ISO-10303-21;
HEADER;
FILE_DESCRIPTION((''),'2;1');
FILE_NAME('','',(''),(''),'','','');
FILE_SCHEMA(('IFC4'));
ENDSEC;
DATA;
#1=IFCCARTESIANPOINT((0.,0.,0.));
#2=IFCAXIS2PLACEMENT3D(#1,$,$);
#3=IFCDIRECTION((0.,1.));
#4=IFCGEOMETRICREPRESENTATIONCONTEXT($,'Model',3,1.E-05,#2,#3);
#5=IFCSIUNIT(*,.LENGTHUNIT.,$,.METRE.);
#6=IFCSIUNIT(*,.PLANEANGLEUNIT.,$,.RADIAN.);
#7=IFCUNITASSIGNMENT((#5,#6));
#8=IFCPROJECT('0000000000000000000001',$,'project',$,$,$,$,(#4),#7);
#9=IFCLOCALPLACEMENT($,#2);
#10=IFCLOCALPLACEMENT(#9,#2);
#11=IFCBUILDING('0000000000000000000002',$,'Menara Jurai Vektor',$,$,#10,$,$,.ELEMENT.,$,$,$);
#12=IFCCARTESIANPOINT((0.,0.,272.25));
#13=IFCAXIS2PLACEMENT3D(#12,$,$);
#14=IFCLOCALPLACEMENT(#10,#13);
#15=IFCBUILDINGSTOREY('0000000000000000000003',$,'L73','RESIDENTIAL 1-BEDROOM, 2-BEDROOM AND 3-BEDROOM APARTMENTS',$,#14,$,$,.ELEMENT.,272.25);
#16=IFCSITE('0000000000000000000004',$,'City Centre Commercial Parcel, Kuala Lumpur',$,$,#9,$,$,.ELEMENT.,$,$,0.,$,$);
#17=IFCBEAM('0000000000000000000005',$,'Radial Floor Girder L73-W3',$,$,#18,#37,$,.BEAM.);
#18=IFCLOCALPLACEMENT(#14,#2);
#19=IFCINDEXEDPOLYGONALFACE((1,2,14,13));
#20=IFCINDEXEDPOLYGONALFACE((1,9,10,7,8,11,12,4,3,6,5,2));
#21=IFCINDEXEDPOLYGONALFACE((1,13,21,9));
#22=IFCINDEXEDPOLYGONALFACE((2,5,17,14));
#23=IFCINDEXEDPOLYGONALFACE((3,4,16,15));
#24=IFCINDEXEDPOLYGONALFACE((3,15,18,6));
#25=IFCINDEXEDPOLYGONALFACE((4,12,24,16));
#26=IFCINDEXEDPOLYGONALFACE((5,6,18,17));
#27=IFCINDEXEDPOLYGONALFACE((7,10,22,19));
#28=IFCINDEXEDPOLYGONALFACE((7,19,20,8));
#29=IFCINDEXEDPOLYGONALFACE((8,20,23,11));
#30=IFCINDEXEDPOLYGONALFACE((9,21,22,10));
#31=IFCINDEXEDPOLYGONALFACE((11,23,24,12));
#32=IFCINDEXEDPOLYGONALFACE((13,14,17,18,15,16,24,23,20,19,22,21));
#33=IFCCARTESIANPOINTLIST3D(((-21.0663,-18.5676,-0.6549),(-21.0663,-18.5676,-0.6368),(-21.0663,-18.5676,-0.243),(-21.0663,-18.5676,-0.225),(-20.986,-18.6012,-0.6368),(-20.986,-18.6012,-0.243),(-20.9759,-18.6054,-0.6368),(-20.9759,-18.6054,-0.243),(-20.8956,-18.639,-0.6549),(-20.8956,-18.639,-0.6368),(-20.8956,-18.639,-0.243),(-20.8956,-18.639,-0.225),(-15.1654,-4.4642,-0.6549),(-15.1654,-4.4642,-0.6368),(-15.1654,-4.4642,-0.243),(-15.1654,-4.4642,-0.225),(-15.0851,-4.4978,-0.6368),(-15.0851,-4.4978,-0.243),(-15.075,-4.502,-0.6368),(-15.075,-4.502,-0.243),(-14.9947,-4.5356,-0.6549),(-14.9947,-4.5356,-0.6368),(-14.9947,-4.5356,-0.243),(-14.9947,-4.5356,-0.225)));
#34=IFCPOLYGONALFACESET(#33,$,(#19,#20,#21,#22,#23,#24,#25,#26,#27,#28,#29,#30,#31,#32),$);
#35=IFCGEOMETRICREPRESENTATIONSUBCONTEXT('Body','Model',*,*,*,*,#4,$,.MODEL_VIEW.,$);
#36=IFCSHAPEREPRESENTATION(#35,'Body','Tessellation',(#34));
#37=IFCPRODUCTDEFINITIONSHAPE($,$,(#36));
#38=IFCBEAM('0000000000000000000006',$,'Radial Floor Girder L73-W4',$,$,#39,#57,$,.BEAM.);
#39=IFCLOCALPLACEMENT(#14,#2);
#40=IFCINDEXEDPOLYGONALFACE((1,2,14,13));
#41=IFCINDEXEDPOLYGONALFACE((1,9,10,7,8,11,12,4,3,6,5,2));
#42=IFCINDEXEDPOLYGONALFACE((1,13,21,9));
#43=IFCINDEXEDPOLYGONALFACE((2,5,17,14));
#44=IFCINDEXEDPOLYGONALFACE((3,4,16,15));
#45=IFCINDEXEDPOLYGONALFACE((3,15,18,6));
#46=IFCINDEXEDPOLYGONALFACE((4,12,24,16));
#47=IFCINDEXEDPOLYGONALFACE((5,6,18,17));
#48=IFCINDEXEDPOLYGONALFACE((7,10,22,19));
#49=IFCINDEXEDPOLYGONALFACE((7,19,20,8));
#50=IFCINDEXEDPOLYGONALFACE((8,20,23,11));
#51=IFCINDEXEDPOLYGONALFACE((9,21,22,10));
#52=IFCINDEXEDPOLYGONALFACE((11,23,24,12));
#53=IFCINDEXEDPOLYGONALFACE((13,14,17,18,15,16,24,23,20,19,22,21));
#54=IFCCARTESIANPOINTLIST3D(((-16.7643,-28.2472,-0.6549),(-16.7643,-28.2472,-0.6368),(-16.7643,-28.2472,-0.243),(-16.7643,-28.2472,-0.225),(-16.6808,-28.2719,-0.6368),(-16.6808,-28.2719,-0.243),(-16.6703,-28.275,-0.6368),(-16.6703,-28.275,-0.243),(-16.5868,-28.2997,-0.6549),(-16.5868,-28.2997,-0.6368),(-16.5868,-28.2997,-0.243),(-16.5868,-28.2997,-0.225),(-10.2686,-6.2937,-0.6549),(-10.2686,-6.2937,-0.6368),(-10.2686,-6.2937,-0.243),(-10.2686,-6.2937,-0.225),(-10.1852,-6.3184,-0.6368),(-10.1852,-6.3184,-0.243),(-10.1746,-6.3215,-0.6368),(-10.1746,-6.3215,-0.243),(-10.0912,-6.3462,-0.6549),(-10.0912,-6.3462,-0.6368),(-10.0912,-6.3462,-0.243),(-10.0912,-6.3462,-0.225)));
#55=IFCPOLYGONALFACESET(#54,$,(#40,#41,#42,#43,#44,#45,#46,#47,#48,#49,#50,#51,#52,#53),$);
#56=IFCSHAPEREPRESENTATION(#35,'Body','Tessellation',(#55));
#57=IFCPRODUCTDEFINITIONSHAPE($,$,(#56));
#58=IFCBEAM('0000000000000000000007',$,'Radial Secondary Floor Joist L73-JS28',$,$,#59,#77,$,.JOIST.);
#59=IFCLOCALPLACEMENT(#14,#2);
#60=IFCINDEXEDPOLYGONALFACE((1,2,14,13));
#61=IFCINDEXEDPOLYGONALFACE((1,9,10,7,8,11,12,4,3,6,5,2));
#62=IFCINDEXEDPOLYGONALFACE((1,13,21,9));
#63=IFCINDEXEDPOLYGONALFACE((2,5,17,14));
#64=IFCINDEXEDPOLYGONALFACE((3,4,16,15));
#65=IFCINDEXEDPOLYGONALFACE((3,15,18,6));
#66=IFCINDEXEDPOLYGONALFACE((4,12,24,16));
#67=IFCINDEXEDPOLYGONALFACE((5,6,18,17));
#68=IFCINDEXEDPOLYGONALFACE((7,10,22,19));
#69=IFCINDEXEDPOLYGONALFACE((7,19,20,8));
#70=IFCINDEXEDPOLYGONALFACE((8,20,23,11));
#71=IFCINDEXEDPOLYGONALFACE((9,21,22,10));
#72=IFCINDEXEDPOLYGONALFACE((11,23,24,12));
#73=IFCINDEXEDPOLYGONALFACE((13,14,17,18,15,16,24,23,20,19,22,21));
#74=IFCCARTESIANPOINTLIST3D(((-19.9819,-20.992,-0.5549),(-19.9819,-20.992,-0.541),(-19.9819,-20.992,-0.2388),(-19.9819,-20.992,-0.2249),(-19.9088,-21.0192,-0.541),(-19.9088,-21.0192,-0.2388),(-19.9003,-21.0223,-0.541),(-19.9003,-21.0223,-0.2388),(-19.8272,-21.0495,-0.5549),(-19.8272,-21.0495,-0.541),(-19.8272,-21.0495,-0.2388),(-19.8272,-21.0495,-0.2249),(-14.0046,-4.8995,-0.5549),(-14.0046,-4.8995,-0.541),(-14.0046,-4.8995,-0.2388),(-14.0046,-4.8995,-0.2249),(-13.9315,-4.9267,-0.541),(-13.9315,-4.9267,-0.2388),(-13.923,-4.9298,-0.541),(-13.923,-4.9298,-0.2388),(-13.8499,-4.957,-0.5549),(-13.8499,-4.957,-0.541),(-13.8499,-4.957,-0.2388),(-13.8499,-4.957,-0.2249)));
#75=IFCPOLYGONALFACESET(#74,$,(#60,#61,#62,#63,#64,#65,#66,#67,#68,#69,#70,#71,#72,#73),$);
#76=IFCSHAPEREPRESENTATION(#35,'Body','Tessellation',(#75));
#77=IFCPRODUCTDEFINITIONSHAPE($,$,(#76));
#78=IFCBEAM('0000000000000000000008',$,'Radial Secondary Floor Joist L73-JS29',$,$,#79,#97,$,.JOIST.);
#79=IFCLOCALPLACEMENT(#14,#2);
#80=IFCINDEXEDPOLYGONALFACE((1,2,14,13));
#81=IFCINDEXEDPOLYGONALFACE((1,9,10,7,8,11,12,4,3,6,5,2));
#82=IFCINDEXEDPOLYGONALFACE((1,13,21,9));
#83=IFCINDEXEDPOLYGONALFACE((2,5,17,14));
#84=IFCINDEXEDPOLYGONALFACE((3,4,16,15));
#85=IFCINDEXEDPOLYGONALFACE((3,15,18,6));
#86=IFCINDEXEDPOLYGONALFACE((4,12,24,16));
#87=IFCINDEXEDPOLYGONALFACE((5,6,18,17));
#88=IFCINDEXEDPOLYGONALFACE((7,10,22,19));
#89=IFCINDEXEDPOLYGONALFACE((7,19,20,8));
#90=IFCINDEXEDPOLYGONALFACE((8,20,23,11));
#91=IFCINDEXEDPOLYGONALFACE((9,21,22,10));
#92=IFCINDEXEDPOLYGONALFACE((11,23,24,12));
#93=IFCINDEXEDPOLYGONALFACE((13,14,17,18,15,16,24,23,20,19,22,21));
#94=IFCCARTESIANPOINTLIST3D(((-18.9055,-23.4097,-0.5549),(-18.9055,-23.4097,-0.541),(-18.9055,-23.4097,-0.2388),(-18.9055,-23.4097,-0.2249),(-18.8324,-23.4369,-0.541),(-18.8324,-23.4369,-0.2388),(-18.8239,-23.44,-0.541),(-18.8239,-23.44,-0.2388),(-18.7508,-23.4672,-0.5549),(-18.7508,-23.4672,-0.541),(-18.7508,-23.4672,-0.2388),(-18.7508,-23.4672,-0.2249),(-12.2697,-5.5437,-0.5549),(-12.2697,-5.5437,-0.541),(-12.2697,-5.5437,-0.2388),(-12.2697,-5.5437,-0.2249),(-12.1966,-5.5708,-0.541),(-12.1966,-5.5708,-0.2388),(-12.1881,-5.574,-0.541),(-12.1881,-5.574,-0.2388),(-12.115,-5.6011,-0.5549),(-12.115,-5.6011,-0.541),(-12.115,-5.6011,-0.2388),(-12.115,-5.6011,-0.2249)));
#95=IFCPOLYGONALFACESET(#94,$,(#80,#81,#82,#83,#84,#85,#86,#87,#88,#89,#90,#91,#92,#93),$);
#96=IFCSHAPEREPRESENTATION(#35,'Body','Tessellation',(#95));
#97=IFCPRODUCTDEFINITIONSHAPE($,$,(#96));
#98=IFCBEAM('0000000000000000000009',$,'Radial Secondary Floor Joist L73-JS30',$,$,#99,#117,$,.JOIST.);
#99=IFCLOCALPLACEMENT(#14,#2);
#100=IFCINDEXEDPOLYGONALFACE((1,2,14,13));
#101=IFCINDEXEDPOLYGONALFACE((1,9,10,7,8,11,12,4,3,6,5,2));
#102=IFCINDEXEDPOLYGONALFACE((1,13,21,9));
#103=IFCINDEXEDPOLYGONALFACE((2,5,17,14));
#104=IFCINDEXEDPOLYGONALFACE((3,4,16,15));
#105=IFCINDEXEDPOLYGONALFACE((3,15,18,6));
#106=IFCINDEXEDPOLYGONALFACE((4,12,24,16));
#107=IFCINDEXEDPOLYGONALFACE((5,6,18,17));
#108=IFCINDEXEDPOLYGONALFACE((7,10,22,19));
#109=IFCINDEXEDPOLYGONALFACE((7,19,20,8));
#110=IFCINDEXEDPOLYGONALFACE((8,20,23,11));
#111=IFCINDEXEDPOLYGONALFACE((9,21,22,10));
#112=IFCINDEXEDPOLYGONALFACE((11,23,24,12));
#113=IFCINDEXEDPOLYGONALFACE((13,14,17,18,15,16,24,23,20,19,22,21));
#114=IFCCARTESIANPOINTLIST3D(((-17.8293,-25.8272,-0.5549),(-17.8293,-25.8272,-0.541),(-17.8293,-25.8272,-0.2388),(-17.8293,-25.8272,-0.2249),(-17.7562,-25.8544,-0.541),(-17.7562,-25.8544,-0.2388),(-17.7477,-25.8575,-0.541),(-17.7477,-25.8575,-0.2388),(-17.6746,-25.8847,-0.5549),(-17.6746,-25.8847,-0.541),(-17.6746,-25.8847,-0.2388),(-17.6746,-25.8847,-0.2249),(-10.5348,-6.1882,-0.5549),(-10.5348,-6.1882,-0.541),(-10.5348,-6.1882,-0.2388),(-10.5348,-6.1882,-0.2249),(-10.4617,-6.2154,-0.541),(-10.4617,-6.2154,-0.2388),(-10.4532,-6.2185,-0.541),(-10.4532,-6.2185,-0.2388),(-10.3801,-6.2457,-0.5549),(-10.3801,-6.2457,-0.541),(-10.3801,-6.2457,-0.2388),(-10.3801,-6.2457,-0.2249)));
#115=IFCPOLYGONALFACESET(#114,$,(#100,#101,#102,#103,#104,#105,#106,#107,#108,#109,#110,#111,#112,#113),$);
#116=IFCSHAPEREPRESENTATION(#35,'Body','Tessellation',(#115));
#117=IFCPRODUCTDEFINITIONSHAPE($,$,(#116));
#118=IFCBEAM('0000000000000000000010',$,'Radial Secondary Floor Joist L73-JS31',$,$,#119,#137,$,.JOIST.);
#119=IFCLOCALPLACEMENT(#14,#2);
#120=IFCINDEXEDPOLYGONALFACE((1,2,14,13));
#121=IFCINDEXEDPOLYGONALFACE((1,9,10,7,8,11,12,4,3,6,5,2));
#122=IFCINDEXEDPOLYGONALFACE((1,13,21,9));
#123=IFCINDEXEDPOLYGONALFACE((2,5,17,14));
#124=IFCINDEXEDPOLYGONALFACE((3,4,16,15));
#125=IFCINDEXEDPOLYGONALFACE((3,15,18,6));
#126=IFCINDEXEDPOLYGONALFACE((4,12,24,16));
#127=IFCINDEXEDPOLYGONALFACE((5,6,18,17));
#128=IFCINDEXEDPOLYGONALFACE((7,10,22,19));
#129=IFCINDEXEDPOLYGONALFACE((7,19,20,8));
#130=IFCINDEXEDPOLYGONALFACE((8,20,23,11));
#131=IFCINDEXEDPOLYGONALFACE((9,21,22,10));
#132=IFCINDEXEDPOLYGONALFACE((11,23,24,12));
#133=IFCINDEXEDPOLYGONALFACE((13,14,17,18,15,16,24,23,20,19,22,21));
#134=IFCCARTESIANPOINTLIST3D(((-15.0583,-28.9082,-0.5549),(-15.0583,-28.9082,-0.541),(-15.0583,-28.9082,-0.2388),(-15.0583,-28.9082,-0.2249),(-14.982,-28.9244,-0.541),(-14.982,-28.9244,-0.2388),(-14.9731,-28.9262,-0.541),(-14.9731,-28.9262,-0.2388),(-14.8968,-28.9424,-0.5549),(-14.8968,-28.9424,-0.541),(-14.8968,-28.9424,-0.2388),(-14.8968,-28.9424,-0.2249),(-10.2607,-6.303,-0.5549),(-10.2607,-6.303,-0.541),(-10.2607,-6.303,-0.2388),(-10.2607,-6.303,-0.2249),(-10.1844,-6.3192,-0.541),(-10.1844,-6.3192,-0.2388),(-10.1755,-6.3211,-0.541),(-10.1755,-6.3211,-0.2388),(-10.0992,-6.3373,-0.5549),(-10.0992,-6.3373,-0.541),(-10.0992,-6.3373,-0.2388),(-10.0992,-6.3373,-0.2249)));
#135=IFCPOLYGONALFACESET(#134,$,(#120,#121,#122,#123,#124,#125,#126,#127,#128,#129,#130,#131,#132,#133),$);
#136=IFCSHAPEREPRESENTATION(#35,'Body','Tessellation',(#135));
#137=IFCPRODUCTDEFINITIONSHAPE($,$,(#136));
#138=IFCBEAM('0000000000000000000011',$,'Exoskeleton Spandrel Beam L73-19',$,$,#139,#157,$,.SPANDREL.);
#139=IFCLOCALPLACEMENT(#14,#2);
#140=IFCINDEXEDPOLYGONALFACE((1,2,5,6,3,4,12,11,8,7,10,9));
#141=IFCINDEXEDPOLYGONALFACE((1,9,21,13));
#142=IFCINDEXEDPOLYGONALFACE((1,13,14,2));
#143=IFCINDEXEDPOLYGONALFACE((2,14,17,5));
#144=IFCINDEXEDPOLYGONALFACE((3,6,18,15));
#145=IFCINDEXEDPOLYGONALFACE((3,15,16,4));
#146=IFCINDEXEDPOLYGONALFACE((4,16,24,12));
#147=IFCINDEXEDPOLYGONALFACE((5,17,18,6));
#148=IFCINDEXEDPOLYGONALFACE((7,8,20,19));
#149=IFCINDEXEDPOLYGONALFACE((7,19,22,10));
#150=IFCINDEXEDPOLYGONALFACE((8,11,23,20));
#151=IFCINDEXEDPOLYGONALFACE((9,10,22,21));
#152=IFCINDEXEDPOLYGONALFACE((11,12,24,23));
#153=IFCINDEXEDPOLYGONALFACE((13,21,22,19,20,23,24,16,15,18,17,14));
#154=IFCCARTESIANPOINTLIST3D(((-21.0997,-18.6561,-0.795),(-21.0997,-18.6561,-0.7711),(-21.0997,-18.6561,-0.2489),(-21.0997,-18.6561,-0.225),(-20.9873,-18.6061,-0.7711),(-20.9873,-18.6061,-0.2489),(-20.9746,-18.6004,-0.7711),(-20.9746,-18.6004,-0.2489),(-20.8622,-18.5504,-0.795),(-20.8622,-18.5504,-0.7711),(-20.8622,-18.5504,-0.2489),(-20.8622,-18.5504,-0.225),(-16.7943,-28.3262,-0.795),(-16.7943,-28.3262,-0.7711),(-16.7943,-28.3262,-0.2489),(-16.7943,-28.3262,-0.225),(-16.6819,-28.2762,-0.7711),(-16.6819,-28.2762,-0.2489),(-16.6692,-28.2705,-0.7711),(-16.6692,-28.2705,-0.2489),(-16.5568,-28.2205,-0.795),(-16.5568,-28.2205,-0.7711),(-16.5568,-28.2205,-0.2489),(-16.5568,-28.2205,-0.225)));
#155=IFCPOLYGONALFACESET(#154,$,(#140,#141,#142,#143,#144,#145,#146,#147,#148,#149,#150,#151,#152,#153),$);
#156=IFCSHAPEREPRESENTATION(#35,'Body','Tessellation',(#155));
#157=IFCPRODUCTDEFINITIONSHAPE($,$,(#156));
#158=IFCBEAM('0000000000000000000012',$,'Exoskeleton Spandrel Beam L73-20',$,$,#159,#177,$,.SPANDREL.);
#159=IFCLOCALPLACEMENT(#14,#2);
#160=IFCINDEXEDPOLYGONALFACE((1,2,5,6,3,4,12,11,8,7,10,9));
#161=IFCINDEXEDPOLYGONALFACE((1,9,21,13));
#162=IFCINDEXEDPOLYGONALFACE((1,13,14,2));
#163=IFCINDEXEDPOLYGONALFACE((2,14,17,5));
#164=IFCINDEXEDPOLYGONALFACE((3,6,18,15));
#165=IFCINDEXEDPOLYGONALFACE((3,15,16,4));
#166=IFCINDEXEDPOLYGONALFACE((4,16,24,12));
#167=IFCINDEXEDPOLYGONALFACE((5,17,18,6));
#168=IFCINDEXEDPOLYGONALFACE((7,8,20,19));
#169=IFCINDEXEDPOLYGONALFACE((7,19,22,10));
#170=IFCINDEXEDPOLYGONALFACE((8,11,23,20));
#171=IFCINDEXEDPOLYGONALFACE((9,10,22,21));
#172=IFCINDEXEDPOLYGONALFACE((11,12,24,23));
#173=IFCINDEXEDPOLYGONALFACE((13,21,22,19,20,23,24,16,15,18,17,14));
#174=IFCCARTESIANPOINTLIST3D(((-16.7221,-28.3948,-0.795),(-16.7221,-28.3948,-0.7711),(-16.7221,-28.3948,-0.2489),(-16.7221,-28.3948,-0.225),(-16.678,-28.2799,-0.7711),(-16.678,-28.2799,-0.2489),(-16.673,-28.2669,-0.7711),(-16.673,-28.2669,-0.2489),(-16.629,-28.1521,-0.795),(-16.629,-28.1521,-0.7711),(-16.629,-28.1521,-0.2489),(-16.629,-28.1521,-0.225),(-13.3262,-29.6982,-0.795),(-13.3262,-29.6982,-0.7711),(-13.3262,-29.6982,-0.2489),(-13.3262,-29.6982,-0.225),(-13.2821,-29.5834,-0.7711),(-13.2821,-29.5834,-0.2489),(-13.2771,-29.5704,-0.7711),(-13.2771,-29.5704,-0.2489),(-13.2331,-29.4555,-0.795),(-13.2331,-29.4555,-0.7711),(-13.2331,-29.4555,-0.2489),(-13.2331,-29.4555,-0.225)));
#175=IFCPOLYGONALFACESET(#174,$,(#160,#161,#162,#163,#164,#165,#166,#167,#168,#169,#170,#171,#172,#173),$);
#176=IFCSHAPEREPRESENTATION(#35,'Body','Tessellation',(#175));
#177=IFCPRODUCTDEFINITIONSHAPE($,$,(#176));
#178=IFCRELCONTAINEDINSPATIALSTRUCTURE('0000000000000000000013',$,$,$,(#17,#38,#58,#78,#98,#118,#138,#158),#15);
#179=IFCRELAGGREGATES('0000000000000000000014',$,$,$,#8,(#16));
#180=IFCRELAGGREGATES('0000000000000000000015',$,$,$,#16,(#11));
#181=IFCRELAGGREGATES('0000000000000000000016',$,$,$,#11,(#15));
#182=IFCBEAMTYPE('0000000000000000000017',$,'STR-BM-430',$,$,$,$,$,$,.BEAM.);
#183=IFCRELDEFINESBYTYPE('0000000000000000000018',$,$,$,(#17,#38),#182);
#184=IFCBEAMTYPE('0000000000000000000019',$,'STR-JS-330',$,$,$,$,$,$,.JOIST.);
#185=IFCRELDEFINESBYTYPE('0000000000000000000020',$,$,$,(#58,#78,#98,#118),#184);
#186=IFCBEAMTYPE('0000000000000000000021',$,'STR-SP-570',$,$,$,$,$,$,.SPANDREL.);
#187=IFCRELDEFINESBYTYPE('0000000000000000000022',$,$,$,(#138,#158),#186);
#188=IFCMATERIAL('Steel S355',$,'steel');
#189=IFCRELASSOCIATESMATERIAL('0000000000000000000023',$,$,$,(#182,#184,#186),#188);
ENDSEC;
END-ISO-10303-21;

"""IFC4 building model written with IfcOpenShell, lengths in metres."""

from ifc_helpers import new_model, si_unit, direction, frame, origin, origin_2d, place, context, subcontext, project, spatial, i_section, extrude, material, material_profile, profile_set, type_object, element, save


model = new_model("IFC4")

# Units and contexts
model_context = context("Model", 3, precision=1e-05, world=origin(), true_north=direction((0.0, 1.0)))
body_context = subcontext(model_context, "Body", "Model", "MODEL_VIEW")
ifc_project = project(units=[si_unit("LENGTHUNIT", "METRE"), si_unit("PLANEANGLEUNIT", "RADIAN")], contexts=[model_context])

# Site, building, storey
site_placement = place(None, origin())
site = spatial("IfcSite", under=ifc_project, at=site_placement, Name="City Centre Commercial Parcel, Kuala Lumpur", CompositionType="ELEMENT", RefElevation=0.0)
building_placement = place(site_placement, origin())
building = spatial("IfcBuilding", under=site, at=building_placement, Name="Menara Jurai Vektor", CompositionType="ELEMENT")
storey_placement = place(building_placement, frame((0.0, 0.0, 272.25)))
storey = spatial("IfcBuildingStorey", under=building, at=storey_placement, Name="L73", Description="RESIDENTIAL 1-BEDROOM, 2-BEDROOM AND 3-BEDROOM APARTMENTS", CompositionType="ELEMENT", Elevation=272.25)

# Beams
ifc_material_1 = material(Name="Steel S355", Category="steel")
ifc_material_profile_1 = material_profile(ifc_material_1, i_section(OverallWidth=0.1851, OverallDepth=0.4299, WebThickness=0.011, FlangeThickness=0.0181, at=origin_2d()), Name="PG 430x185x76")
ifc_profile_set_1 = profile_set([ifc_material_profile_1], Name="Steel S355")
beam_type_1 = type_object("IfcBeamType", Name="STR-BM-430", PredefinedType="BEAM", material=ifc_profile_set_1)
beam_1_placement = place(storey_placement, frame((-20.981, -18.6033, -0.4399), z_axis=(0.385981, 0.922507, 0.0), x_axis=(-0.922507, 0.385981, 0.0)))
element("IfcBeam", 1, at=beam_1_placement, inside=storey, type_object=beam_type_1, Name="Radial Floor Girder L73-W3", PredefinedType="BEAM", context=body_context, shape_type="SweptSolid", body=[
    extrude(i_section(OverallWidth=0.1851, OverallDepth=0.4299, WebThickness=0.011, FlangeThickness=0.0181, at=origin_2d()), origin(), (0.0, 0.0, 1.0), 15.2881),
])
beam_2_placement = place(storey_placement, frame((-16.6755, -28.2734, -0.4399), z_axis=(0.283723, 0.958906, 0.0), x_axis=(-0.958906, 0.283723, 0.0)))
element("IfcBeam", 2, at=beam_2_placement, inside=storey, type_object=beam_type_1, Name="Radial Floor Girder L73-W4", PredefinedType="BEAM", context=body_context, shape_type="SweptSolid", body=[
    extrude(i_section(OverallWidth=0.1851, OverallDepth=0.4299, WebThickness=0.011, FlangeThickness=0.0181, at=origin_2d()), origin(), (0.0, 0.0, 1.0), 22.8943),
])
ifc_material_profile_2 = material_profile(ifc_material_1, i_section(OverallWidth=0.165, OverallDepth=0.3301, WebThickness=0.009, FlangeThickness=0.0139, at=origin_2d()), Name="PG 330x165x46")
ifc_profile_set_2 = profile_set([ifc_material_profile_2], Name="Steel S355")
beam_type_2 = type_object("IfcBeamType", Name="STR-JS-330", PredefinedType="JOIST", material=ifc_profile_set_2)
beam_3_placement = place(storey_placement, frame((-19.9045, -21.0208, -0.3899), z_axis=(0.34819, 0.937424, 0.0), x_axis=(-0.937424, 0.34819, 0.0)))
element("IfcBeam", 3, at=beam_3_placement, inside=storey, type_object=beam_type_2, Name="Radial Secondary Floor Joist L73-JS28", PredefinedType="JOIST", context=body_context, shape_type="SweptSolid", body=[
    extrude(i_section(OverallWidth=0.165, OverallDepth=0.3301, WebThickness=0.009, FlangeThickness=0.0139, at=origin_2d()), origin(), (0.0, 0.0, 1.0), 17.1667),
])
beam_4_placement = place(storey_placement, frame((-18.8281, -23.4385, -0.3899), z_axis=(0.348178, 0.937428, 0.0), x_axis=(-0.937428, 0.348178, 0.0)))
element("IfcBeam", 4, at=beam_4_placement, inside=storey, type_object=beam_type_2, Name="Radial Secondary Floor Joist L73-JS29", PredefinedType="JOIST", context=body_context, shape_type="SweptSolid", body=[
    extrude(i_section(OverallWidth=0.165, OverallDepth=0.3301, WebThickness=0.009, FlangeThickness=0.0139, at=origin_2d()), origin(), (0.0, 0.0, 1.0), 19.0586),
])
beam_5_placement = place(storey_placement, frame((-17.752, -25.856, -0.3899), z_axis=(0.348186, 0.937426, 0.0), x_axis=(-0.937426, 0.348186, 0.0)))
element("IfcBeam", 5, at=beam_5_placement, inside=storey, type_object=beam_type_2, Name="Radial Secondary Floor Joist L73-JS30", PredefinedType="JOIST", context=body_context, shape_type="SweptSolid", body=[
    extrude(i_section(OverallWidth=0.165, OverallDepth=0.3301, WebThickness=0.009, FlangeThickness=0.0139, at=origin_2d()), origin(), (0.0, 0.0, 1.0), 20.95),
])
beam_6_placement = place(storey_placement, frame((-14.9775, -28.9253, -0.3899), z_axis=(0.20761, 0.978212, 0.0), x_axis=(-0.978212, 0.20761, 0.0)))
element("IfcBeam", 6, at=beam_6_placement, inside=storey, type_object=beam_type_2, Name="Radial Secondary Floor Joist L73-JS31", PredefinedType="JOIST", context=body_context, shape_type="SweptSolid", body=[
    extrude(i_section(OverallWidth=0.165, OverallDepth=0.3301, WebThickness=0.009, FlangeThickness=0.0139, at=origin_2d()), origin(), (0.0, 0.0, 1.0), 23.1086),
])
ifc_material_profile_3 = material_profile(ifc_material_1, i_section(OverallWidth=0.26, OverallDepth=0.5701, WebThickness=0.0139, FlangeThickness=0.0239, at=origin_2d()), Name="PG 570x260x145")
ifc_profile_set_3 = profile_set([ifc_material_profile_3], Name="Steel S355")
beam_type_3 = type_object("IfcBeamType", Name="STR-SP-570", PredefinedType="SPANDREL", material=ifc_profile_set_3)
beam_7_placement = place(storey_placement, frame((-20.981, -18.6033, -0.51), z_axis=(0.406735, -0.913546, 0.0), x_axis=(0.913546, 0.406735, 0.0)))
element("IfcBeam", 7, at=beam_7_placement, inside=storey, type_object=beam_type_3, Name="Exoskeleton Spandrel Beam L73-19", PredefinedType="SPANDREL", context=body_context, shape_type="SweptSolid", body=[
    extrude(i_section(OverallWidth=0.26, OverallDepth=0.5701, WebThickness=0.0139, FlangeThickness=0.0239, at=origin_2d()), origin(), (0.0, 0.0, 1.0), 10.5852),
])
beam_8_placement = place(storey_placement, frame((-16.6755, -28.2734, -0.51), z_axis=(0.933593, -0.358336, 0.0), x_axis=(0.358336, 0.933593, 0.0)))
element("IfcBeam", 8, at=beam_8_placement, inside=storey, type_object=beam_type_3, Name="Exoskeleton Spandrel Beam L73-20", PredefinedType="SPANDREL", context=body_context, shape_type="SweptSolid", body=[
    extrude(i_section(OverallWidth=0.26, OverallDepth=0.5701, WebThickness=0.0139, FlangeThickness=0.0239, at=origin_2d()), origin(), (0.0, 0.0, 1.0), 3.6375),
])

save(model, "model.ifc")
